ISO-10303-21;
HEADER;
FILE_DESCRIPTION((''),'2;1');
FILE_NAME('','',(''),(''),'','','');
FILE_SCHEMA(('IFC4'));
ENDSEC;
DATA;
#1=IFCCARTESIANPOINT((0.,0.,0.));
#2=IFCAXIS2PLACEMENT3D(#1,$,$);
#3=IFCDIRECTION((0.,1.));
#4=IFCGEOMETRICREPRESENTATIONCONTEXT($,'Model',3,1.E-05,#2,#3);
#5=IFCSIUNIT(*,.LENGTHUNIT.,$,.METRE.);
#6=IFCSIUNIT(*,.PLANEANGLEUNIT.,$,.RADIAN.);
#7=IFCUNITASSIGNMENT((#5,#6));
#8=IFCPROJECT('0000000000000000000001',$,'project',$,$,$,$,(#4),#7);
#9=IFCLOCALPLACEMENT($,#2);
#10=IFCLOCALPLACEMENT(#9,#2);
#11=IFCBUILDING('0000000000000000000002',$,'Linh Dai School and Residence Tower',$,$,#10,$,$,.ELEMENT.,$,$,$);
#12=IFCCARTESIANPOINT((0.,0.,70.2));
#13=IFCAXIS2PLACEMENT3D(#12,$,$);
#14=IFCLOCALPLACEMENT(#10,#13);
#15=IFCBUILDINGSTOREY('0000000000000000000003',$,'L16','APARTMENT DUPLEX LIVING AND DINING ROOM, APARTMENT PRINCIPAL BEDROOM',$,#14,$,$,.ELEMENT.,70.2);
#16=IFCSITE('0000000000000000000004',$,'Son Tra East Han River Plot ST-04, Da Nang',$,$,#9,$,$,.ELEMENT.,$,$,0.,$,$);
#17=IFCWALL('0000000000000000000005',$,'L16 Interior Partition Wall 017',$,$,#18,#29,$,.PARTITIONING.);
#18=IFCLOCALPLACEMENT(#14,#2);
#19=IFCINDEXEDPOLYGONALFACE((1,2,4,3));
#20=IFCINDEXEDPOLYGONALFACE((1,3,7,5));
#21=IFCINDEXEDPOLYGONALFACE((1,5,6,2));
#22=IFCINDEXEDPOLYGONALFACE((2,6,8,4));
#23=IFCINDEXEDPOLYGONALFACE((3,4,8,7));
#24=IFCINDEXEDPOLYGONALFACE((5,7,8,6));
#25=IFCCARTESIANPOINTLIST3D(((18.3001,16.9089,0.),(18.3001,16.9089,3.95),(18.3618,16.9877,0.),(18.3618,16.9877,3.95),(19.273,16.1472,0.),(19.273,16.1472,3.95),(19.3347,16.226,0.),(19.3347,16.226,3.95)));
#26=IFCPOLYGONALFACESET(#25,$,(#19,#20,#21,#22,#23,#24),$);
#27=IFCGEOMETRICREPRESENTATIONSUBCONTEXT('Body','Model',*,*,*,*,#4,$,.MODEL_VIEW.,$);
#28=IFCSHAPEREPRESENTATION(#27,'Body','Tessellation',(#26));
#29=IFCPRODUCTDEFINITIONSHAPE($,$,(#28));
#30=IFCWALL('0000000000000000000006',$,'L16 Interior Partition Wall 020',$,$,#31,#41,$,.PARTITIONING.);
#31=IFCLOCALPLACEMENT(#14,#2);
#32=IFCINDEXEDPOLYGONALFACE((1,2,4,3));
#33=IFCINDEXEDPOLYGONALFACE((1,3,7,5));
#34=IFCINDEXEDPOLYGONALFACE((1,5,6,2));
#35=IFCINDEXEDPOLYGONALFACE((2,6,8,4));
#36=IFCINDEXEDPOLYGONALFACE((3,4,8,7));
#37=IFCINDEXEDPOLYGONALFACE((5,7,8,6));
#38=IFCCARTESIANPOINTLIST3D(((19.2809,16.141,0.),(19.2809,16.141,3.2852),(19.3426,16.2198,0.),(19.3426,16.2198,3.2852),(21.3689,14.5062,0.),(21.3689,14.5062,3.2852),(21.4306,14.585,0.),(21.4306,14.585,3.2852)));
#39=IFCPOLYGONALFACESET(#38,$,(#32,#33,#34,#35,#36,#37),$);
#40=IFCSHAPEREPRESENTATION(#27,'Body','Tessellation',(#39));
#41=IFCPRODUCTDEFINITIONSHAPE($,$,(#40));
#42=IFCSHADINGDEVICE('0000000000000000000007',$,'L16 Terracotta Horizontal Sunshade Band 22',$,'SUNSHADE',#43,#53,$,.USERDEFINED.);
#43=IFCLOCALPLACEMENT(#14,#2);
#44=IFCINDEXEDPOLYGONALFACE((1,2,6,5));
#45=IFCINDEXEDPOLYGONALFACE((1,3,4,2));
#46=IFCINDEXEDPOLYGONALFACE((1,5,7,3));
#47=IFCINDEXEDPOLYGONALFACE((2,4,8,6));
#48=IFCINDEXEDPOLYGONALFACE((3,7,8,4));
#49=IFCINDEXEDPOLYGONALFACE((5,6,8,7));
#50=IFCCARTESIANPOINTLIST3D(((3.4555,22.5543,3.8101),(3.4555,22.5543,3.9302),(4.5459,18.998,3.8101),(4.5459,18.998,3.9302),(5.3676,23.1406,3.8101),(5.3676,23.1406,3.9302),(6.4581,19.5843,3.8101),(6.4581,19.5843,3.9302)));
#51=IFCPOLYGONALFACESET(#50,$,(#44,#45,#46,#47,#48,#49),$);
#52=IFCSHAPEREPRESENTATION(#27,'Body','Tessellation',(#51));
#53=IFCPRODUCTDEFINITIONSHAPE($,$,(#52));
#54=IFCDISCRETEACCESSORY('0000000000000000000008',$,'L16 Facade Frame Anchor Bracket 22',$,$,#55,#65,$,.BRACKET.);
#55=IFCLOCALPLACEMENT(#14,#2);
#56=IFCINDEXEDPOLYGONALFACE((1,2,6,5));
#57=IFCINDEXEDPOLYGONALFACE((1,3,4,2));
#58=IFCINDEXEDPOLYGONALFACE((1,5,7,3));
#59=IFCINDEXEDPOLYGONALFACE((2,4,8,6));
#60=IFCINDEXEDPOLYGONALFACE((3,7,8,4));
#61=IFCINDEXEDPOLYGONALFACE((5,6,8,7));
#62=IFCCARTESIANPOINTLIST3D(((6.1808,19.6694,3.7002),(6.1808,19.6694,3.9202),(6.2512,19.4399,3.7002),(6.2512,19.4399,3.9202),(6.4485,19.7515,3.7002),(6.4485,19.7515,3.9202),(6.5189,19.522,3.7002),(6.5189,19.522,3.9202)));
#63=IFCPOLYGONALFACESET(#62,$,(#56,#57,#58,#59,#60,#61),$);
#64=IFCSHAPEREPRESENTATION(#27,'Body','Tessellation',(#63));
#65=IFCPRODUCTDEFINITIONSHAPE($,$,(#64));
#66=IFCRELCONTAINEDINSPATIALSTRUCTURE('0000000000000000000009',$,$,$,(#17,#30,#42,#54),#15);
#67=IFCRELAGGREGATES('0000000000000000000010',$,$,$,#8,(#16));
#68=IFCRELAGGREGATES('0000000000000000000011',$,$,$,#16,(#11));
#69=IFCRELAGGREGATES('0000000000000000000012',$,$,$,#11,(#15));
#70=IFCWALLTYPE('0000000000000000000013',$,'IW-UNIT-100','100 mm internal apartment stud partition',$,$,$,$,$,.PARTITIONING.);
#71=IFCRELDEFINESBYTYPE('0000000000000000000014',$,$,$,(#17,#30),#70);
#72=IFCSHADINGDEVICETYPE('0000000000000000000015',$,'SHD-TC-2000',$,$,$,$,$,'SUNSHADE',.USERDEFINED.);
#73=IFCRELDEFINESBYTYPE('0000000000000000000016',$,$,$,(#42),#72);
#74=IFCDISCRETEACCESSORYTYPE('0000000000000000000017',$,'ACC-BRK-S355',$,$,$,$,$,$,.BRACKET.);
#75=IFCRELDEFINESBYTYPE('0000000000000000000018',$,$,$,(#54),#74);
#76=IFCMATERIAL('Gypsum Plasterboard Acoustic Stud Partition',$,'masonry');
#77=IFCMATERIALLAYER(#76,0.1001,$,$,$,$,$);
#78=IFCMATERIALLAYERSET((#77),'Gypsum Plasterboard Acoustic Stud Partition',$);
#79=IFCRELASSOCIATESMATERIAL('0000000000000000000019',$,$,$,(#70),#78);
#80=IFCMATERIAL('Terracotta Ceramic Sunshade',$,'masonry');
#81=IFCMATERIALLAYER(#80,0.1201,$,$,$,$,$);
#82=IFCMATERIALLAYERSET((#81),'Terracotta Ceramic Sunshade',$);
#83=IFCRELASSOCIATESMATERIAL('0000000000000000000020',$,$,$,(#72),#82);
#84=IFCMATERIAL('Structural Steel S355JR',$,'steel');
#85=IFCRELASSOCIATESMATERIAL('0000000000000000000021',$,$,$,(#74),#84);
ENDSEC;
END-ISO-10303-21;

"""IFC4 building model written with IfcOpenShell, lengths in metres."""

from ifc_helpers import new_model, si_unit, direction, frame, frame_2d, origin, origin_2d, place, context, subcontext, project, spatial, rectangle, extrude, source, transform, mapped, material, layer, layer_set, type_object, element, save


model = new_model("IFC4")

# Units and contexts
model_context = context("Model", 3, precision=1e-05, world=origin(), true_north=direction((0.0, 1.0)))
body_context = subcontext(model_context, "Body", "Model", "MODEL_VIEW")
ifc_project = project(units=[si_unit("LENGTHUNIT", "METRE"), si_unit("PLANEANGLEUNIT", "RADIAN")], contexts=[model_context])

# Site, building, storey
site_placement = place(None, origin())
site = spatial("IfcSite", under=ifc_project, at=site_placement, Name="Son Tra East Han River Plot ST-04, Da Nang", CompositionType="ELEMENT", RefElevation=0.0)
building_placement = place(site_placement, origin())
building = spatial("IfcBuilding", under=site, at=building_placement, Name="Linh Dai School and Residence Tower", CompositionType="ELEMENT")
storey_placement = place(building_placement, frame((0.0, 0.0, 70.2)))
storey = spatial("IfcBuildingStorey", under=building, at=storey_placement, Name="L16", Description="APARTMENT DUPLEX LIVING AND DINING ROOM, APARTMENT PRINCIPAL BEDROOM", CompositionType="ELEMENT", Elevation=70.2)

# Shared definitions
ifc_material_1 = material(Name="Structural Steel S355JR", Category="steel")

# Shared definitions
ifc_material_2 = material(Name="Gypsum Plasterboard Acoustic Stud Partition", Category="masonry")
ifc_layer_1 = layer(ifc_material_2, 0.1001)
ifc_layer_set_1 = layer_set([ifc_layer_1], Name="Gypsum Plasterboard Acoustic Stud Partition")
wall_type_1 = type_object("IfcWallType", Name="IW-UNIT-100", Description="100 mm internal apartment stud partition", PredefinedType="PARTITIONING", material=ifc_layer_set_1)

# Walls
wall_1_placement = place(storey_placement, frame((18.3311, 16.9482, 0.0), z_axis=(0.0, 0.0, 1.0), x_axis=(0.78738, -0.616468, 0.0)))
element("IfcWall", 1, at=wall_1_placement, inside=storey, type_object=wall_type_1, Name="L16 Interior Partition Wall 017", PredefinedType="PARTITIONING", context=body_context, shape_type="SweptSolid", body=[
    extrude(rectangle(XDim=1.2356, YDim=0.1001, at=frame_2d((0.6177, 0.0))), origin(), (0.0, 0.0, 1.0), 3.95),
])
wall_2_placement = place(storey_placement, frame((19.3118, 16.1804, 0.0), z_axis=(0.0, 0.0, 1.0), x_axis=(0.787365, -0.616487, 0.0)))
element("IfcWall", 2, at=wall_2_placement, inside=storey, type_object=wall_type_1, Name="L16 Interior Partition Wall 020", PredefinedType="PARTITIONING", context=body_context, shape_type="SweptSolid", body=[
    extrude(rectangle(XDim=2.6519, YDim=0.1001, at=frame_2d((1.3259, 0.0))), origin(), (0.0, 0.0, 1.0), 3.2852),
])

# Shading device
ifc_material_3 = material(Name="Terracotta Ceramic Sunshade", Category="masonry")
ifc_layer_2 = layer(ifc_material_3, 0.1201)
ifc_layer_set_2 = layer_set([ifc_layer_2], Name="Terracotta Ceramic Sunshade")
shading_device_type = type_object("IfcShadingDeviceType", Name="SHD-TC-2000", ElementType="SUNSHADE", PredefinedType="USERDEFINED", material=ifc_layer_set_2)
shared_shape_1 = source(origin(), body_context, "Body", "SweptSolid", [
    extrude(rectangle(XDim=3.7197, YDim=2.0, at=origin_2d()), origin(), (0.0, 0.0, 1.0), 0.1201),
])
shading_device_placement = place(storey_placement, frame((4.9568, 21.0693, 3.8101), z_axis=(0.0, 0.0, 1.0), x_axis=(-0.293146, 0.956068, 0.0)))
element("IfcShadingDevice", 3, at=shading_device_placement, inside=storey, type_object=shading_device_type, Name="L16 Terracotta Horizontal Sunshade Band 22", ObjectType="SUNSHADE", PredefinedType="USERDEFINED", context=body_context, shape_type="MappedRepresentation", body=[
    mapped(shared_shape_1, transform((0.0, 0.0, 0.0), x_axis=(1.0, 0.0, 0.0), y_axis=(0.0, 1.0, 0.0), z_axis=(0.0, 0.0, 1.0), scale=1.0)),
])

# Discrete accessory
discrete_accessory_type = type_object("IfcDiscreteAccessoryType", Name="ACC-BRK-S355", PredefinedType="BRACKET", material=ifc_material_1)
shared_shape_2 = source(origin(), body_context, "Body", "SweptSolid", [
    extrude(rectangle(XDim=0.28, YDim=0.24, at=origin_2d()), origin(), (0.0, 0.0, 1.0), 0.22),
])
discrete_accessory_placement = place(storey_placement, frame((6.3499, 19.5957, 3.7002), z_axis=(0.0, 0.0, 1.0), x_axis=(-0.956068, -0.293146, 0.0)))
element("IfcDiscreteAccessory", 4, at=discrete_accessory_placement, inside=storey, type_object=discrete_accessory_type, Name="L16 Facade Frame Anchor Bracket 22", PredefinedType="BRACKET", context=body_context, shape_type="MappedRepresentation", body=[
    mapped(shared_shape_2, transform((0.0, 0.0, 0.0), x_axis=(1.0, 0.0, 0.0), y_axis=(0.0, 1.0, 0.0), z_axis=(0.0, 0.0, 1.0), scale=1.0)),
])

save(model, "model.ifc")
